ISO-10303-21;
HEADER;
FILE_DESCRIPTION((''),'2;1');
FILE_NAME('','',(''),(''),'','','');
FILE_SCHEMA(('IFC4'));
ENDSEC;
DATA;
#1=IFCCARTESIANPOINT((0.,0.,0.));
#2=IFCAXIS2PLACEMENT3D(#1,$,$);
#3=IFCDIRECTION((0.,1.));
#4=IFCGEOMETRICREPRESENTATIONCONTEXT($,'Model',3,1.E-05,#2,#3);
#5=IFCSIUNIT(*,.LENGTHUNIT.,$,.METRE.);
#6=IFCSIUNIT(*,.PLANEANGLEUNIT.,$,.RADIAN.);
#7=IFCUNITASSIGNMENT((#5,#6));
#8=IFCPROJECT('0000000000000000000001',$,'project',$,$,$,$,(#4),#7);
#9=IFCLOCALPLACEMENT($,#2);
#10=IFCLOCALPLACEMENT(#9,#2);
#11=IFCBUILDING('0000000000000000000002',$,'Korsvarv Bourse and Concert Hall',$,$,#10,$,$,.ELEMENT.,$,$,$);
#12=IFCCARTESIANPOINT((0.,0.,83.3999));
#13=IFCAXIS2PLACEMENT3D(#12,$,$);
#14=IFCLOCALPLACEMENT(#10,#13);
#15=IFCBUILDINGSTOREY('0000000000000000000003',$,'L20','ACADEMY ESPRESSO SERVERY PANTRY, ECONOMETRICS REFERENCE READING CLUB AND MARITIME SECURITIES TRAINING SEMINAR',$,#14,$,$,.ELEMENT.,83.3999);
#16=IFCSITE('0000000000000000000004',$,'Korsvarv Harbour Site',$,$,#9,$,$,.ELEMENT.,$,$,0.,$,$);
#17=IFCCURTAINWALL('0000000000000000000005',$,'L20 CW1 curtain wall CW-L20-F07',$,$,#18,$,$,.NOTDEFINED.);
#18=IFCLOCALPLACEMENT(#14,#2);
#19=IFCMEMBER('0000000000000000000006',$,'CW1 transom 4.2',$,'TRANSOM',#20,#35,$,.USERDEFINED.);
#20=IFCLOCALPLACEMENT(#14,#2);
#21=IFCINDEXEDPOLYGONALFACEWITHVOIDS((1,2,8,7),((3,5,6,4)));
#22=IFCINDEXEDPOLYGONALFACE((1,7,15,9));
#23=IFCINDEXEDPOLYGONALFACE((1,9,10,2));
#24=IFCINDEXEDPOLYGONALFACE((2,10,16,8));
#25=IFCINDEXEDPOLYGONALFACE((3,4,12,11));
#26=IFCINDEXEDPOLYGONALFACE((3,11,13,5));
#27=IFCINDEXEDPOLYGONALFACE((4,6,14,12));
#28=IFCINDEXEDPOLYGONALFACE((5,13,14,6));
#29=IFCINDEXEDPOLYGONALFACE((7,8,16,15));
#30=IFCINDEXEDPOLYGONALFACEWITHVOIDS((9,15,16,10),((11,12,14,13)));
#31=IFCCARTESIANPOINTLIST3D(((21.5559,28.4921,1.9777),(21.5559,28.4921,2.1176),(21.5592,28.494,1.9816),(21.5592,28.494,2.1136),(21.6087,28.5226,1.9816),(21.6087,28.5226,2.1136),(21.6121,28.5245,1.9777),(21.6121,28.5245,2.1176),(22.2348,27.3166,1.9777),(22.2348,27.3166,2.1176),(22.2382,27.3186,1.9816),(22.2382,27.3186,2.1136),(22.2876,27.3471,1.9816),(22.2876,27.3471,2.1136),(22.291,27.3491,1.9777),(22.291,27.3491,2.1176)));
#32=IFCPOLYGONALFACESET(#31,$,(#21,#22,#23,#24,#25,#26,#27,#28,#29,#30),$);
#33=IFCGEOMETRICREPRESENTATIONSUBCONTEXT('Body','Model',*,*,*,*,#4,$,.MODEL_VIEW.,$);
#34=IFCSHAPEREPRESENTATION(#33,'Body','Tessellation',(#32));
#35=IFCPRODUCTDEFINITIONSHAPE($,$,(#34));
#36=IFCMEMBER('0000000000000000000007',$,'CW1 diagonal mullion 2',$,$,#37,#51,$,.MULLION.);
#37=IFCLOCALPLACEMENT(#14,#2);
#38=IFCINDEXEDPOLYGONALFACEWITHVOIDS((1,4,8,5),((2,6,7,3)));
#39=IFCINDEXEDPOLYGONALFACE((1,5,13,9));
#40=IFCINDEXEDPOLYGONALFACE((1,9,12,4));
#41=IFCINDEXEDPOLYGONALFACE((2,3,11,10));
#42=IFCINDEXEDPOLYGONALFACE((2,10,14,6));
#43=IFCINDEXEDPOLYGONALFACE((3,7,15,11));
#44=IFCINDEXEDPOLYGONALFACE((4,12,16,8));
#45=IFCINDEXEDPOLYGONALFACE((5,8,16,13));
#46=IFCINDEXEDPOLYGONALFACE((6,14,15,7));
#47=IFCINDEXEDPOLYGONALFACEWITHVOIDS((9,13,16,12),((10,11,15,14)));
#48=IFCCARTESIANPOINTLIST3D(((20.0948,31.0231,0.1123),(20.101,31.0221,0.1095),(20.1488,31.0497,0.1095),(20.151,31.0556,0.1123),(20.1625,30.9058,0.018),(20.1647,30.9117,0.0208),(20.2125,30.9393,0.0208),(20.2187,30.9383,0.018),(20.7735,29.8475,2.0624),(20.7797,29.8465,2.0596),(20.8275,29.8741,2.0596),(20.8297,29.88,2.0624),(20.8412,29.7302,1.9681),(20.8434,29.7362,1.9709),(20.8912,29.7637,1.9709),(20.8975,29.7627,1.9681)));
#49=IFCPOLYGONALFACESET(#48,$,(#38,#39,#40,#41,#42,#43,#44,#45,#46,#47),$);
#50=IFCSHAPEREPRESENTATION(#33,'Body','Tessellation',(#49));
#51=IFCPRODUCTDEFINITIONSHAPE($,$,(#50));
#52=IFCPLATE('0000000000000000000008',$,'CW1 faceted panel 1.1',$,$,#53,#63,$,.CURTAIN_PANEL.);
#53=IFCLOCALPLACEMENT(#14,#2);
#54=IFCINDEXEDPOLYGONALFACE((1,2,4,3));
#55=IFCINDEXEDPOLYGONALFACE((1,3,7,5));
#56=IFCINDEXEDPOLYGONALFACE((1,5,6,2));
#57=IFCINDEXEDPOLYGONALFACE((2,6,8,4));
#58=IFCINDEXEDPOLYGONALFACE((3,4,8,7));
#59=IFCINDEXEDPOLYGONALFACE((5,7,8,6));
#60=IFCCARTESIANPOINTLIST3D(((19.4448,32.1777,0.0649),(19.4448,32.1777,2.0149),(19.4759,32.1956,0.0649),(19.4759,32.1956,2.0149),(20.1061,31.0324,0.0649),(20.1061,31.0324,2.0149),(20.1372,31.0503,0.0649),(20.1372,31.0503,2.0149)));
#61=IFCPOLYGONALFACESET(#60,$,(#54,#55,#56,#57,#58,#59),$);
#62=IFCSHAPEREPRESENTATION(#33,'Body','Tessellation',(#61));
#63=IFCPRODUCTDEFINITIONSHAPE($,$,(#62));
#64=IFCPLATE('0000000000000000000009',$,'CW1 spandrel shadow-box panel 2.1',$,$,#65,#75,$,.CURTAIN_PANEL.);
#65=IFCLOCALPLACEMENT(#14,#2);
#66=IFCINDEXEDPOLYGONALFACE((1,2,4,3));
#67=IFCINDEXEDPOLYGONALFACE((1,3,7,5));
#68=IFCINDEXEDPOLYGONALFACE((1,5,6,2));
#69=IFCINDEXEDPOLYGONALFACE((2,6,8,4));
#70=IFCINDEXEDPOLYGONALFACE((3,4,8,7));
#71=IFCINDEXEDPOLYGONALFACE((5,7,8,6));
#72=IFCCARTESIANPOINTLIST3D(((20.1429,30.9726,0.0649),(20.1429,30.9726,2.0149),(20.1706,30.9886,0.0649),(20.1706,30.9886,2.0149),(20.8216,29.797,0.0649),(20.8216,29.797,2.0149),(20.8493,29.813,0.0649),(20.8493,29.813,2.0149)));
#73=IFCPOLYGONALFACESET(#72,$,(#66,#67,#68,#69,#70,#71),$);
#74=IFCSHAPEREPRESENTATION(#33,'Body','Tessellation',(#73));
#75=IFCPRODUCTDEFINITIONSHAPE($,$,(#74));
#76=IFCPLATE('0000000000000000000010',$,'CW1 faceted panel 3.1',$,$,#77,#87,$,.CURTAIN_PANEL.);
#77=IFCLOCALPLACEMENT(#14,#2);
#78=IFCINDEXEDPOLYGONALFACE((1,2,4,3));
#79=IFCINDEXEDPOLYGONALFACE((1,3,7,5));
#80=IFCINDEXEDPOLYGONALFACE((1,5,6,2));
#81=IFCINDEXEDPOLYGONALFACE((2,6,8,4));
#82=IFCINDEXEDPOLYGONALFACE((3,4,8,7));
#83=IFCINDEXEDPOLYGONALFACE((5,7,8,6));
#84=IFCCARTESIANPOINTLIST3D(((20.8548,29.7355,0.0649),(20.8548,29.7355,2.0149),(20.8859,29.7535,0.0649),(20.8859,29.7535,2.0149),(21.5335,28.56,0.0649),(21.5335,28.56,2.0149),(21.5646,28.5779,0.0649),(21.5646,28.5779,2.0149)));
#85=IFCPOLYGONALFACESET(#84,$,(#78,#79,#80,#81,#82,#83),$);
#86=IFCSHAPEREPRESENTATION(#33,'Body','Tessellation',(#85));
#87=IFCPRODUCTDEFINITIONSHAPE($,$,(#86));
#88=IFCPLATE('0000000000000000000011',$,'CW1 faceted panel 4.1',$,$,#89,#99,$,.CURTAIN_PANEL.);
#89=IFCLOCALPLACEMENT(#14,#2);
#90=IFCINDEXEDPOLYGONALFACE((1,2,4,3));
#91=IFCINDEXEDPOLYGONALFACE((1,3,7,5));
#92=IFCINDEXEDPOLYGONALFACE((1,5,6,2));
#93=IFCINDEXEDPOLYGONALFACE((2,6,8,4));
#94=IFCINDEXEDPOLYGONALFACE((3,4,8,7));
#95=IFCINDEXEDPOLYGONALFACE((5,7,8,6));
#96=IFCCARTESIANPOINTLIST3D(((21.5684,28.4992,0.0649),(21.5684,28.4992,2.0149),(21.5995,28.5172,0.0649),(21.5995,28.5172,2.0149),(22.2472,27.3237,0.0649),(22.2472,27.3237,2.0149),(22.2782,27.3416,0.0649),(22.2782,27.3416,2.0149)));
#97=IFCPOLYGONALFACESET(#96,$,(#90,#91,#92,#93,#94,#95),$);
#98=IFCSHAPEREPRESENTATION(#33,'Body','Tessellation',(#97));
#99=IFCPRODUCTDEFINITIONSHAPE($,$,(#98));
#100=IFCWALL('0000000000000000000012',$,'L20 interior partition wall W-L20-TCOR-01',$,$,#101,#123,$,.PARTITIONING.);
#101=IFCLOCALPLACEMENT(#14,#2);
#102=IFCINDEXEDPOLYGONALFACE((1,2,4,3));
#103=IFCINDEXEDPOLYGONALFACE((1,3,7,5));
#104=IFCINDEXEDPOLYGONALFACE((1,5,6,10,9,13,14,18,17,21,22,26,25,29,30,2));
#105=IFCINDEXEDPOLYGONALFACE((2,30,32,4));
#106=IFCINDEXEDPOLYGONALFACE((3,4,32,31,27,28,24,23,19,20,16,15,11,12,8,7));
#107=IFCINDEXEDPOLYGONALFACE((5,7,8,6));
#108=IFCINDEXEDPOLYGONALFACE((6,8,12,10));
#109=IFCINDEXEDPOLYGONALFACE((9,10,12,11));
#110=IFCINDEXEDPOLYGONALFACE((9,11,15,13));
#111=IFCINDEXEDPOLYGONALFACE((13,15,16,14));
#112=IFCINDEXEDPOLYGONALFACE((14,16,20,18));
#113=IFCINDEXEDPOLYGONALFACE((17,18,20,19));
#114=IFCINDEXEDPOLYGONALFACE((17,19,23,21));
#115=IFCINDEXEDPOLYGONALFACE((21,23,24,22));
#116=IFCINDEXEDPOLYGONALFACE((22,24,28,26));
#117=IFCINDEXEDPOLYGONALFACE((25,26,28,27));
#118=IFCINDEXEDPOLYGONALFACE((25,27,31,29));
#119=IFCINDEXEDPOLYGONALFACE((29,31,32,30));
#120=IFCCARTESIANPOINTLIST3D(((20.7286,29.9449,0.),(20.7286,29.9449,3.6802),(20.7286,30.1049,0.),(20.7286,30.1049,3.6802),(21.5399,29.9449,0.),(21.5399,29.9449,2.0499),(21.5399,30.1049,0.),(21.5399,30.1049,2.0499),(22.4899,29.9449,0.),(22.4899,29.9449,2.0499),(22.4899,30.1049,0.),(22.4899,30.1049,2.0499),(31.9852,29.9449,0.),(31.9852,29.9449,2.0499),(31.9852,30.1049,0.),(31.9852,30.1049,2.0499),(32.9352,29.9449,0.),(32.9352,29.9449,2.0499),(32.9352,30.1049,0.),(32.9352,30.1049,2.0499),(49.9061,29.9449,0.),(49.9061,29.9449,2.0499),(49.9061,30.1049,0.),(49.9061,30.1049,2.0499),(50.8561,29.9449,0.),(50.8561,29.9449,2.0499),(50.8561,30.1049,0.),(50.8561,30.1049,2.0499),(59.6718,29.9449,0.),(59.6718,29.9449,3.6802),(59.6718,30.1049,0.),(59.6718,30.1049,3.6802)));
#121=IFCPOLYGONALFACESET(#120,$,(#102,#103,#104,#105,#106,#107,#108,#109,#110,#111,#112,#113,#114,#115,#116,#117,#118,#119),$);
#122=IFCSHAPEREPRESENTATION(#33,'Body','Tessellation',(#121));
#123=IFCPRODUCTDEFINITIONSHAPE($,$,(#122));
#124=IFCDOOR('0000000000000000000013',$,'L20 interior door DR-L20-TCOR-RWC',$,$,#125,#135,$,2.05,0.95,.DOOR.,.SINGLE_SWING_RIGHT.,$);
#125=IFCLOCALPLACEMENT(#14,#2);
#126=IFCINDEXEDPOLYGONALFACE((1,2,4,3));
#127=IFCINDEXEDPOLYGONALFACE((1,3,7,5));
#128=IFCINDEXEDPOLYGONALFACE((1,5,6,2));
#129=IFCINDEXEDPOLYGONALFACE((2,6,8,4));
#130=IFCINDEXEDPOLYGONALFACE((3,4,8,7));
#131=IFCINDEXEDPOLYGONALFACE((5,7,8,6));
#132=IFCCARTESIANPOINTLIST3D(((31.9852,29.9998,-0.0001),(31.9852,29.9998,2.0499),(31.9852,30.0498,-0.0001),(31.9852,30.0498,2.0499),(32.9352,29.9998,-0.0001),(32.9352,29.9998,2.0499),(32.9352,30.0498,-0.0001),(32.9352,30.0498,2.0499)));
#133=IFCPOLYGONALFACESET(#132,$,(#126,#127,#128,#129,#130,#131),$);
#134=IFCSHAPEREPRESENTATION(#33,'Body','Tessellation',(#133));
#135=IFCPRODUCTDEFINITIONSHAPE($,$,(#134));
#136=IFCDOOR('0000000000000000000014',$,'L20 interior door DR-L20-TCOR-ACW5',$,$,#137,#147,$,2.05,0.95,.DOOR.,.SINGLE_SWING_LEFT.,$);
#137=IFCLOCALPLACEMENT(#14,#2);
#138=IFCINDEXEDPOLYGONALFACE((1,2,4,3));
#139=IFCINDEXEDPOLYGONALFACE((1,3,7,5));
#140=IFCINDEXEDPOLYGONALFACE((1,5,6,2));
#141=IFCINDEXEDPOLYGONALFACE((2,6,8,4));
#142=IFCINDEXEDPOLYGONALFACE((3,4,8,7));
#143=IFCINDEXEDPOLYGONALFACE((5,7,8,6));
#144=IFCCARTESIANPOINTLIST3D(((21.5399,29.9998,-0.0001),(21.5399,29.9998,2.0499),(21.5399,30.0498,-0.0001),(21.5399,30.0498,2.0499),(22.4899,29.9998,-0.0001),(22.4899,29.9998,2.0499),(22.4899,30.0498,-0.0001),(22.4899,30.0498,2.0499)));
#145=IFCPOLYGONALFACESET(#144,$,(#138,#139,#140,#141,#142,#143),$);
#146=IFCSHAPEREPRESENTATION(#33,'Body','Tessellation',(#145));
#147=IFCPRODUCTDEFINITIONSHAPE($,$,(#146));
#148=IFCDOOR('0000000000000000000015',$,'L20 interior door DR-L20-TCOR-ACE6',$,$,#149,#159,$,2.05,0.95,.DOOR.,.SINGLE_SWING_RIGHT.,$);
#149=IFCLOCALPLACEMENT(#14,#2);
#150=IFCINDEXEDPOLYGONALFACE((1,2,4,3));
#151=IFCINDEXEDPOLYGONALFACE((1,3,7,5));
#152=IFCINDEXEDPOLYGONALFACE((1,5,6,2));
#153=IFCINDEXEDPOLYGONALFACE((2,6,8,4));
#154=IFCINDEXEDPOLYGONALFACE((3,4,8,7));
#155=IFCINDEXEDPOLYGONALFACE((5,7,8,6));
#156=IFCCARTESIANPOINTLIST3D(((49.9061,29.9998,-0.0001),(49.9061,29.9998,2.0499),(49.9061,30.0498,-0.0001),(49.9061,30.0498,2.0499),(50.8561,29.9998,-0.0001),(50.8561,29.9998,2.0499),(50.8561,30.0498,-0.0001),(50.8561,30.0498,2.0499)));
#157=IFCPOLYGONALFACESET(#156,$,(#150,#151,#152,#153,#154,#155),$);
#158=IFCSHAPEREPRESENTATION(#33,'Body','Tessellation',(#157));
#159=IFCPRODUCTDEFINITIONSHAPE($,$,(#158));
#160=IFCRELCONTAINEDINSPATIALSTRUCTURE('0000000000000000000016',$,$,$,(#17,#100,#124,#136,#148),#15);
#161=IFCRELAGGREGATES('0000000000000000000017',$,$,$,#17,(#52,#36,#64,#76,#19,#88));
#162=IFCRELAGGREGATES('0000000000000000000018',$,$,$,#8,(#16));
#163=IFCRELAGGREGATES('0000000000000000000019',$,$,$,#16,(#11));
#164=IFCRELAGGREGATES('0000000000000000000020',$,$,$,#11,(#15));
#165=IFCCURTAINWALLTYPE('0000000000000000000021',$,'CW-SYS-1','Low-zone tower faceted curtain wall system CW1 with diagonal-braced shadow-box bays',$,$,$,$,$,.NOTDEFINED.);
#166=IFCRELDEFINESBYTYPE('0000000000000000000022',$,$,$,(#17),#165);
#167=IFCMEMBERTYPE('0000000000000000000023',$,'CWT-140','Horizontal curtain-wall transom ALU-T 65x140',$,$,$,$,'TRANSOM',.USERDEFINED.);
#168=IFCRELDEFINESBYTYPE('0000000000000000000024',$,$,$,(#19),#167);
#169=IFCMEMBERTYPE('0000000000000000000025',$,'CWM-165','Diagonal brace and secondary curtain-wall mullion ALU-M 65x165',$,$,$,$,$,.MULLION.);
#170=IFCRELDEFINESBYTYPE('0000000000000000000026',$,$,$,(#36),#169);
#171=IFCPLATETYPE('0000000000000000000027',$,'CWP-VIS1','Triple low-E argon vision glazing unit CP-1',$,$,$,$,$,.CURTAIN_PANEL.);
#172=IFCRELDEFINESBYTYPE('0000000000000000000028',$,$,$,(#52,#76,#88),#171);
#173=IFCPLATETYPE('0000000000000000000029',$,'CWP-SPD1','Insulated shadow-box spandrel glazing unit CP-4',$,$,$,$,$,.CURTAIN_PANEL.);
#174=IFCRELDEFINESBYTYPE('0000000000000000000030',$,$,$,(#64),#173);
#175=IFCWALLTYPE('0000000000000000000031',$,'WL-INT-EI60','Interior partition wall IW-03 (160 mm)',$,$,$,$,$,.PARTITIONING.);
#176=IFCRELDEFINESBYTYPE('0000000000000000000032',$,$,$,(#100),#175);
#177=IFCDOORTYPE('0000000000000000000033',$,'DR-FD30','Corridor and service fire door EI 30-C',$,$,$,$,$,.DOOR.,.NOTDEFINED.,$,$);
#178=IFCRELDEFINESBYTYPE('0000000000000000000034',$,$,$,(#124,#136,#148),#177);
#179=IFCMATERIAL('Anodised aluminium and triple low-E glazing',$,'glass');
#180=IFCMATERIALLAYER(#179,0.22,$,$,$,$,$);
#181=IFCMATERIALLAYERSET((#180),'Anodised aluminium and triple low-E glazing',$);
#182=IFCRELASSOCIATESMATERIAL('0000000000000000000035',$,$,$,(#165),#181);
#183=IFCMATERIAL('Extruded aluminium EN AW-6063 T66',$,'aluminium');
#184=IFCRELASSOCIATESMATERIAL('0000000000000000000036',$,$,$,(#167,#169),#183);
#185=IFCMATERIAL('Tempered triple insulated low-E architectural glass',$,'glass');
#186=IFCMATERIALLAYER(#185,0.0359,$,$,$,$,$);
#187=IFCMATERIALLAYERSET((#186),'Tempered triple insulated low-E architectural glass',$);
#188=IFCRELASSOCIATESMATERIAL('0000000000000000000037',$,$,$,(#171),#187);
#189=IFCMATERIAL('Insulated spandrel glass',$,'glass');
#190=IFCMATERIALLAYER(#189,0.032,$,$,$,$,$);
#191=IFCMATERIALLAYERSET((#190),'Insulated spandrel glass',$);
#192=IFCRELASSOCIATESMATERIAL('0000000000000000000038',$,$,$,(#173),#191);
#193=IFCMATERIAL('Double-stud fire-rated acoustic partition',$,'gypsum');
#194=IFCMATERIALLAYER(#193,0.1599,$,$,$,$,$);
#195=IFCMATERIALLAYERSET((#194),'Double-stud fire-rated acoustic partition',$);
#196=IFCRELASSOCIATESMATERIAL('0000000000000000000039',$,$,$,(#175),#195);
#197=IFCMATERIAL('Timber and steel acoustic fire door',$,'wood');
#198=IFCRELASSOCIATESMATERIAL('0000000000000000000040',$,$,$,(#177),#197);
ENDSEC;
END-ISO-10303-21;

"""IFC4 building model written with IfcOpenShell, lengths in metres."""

from ifc_helpers import new_model, si_unit, direction, frame, frame_2d, origin, origin_2d, place, context, subcontext, project, spatial, rectangle, hollow_rectangle, extrude, source, transform, mapped, material, layer, layer_set, material_profile, profile_set, type_object, element, fill, aggregate, save


model = new_model("IFC4")

# Units and contexts
model_context = context("Model", 3, precision=1e-05, world=origin(), true_north=direction((0.0, 1.0)))
body_context = subcontext(model_context, "Body", "Model", "MODEL_VIEW")
ifc_project = project(units=[si_unit("LENGTHUNIT", "METRE"), si_unit("PLANEANGLEUNIT", "RADIAN")], contexts=[model_context])

# Site, building, storey
site_placement = place(None, origin())
site = spatial("IfcSite", under=ifc_project, at=site_placement, Name="Korsvarv Harbour Site", CompositionType="ELEMENT", RefElevation=0.0)
building_placement = place(site_placement, origin())
building = spatial("IfcBuilding", under=site, at=building_placement, Name="Korsvarv Bourse and Concert Hall", CompositionType="ELEMENT")
storey_placement = place(building_placement, frame((0.0, 0.0, 83.3999)))
storey = spatial("IfcBuildingStorey", under=building, at=storey_placement, Name="L20", Description="ACADEMY ESPRESSO SERVERY PANTRY, ECONOMETRICS REFERENCE READING CLUB AND MARITIME SECURITIES TRAINING SEMINAR", CompositionType="ELEMENT", Elevation=83.3999)

# Curtain wall, members, plates
ifc_material_1 = material(Name="Anodised aluminium and triple low-E glazing", Category="glass")
ifc_layer_1 = layer(ifc_material_1, 0.22)
ifc_layer_set_1 = layer_set([ifc_layer_1], Name="Anodised aluminium and triple low-E glazing")
curtain_wall_type = type_object("IfcCurtainWallType", Name="CW-SYS-1", Description="Low-zone tower faceted curtain wall system CW1 with diagonal-braced shadow-box bays", PredefinedType="NOTDEFINED", material=ifc_layer_set_1)
curtain_wall_placement = place(storey_placement, origin())
curtain_wall = element("IfcCurtainWall", 1, at=curtain_wall_placement, inside=storey, type_object=curtain_wall_type, Name="L20 CW1 curtain wall CW-L20-F07", PredefinedType="NOTDEFINED")
ifc_material_2 = material(Name="Extruded aluminium EN AW-6063 T66", Category="aluminium")
ifc_material_profile_1 = material_profile(ifc_material_2, hollow_rectangle(XDim=0.0649, YDim=0.1399, WallThickness=0.0039, at=origin_2d()), Name="ALU-T 65x140")
ifc_profile_set_1 = profile_set([ifc_material_profile_1], Name="Extruded aluminium EN AW-6063 T66")
member_type_1 = type_object("IfcMemberType", Name="CWT-140", Description="Horizontal curtain-wall transom ALU-T 65x140", ElementType="TRANSOM", PredefinedType="USERDEFINED", material=ifc_profile_set_1)
shared_shape_1 = source(origin(), body_context, "Body", "SweptSolid", [
    extrude(hollow_rectangle(XDim=0.0649, YDim=0.1399, WallThickness=0.0039, at=origin_2d()), origin(), (0.0, 0.0, 1.0), 1.3574),
])
member_1_placement = place(storey_placement, frame((21.584, 28.5083, 2.0476), z_axis=(0.500143, -0.865943, 0.0), x_axis=(0.865943, 0.500143, 0.0)))
member_1 = element("IfcMember", 2, at=member_1_placement, type_object=member_type_1, Name="CW1 transom 4.2", ObjectType="TRANSOM", PredefinedType="USERDEFINED", context=body_context, shape_type="MappedRepresentation", body=[
    mapped(shared_shape_1, transform((0.0, 0.0, 0.0), scale=1.0)),
])
ifc_material_profile_2 = material_profile(ifc_material_2, hollow_rectangle(XDim=0.0649, YDim=0.165, WallThickness=0.0049, at=origin_2d()), Name="ALU-M 65x165")
ifc_profile_set_2 = profile_set([ifc_material_profile_2], Name="Extruded aluminium EN AW-6063 T66")
member_type_2 = type_object("IfcMemberType", Name="CWM-165", Description="Diagonal brace and secondary curtain-wall mullion ALU-M 65x165", PredefinedType="MULLION", material=ifc_profile_set_2)
shared_shape_2 = source(origin(), body_context, "Body", "SweptSolid", [
    extrude(hollow_rectangle(XDim=0.0649, YDim=0.165, WallThickness=0.0049, at=origin_2d()), origin(), (0.0, 0.0, 1.0), 2.376),
])
member_2_placement = place(storey_placement, frame((20.1567, 30.9807, 0.0652), z_axis=(0.285666, -0.494778, 0.820725), x_axis=(0.866021, 0.500008, 0.0)))
member_2 = element("IfcMember", 3, at=member_2_placement, type_object=member_type_2, Name="CW1 diagonal mullion 2", PredefinedType="MULLION", context=body_context, shape_type="MappedRepresentation", body=[
    mapped(shared_shape_2, transform((0.0, 0.0, 0.0), scale=1.0)),
])
ifc_material_3 = material(Name="Tempered triple insulated low-E architectural glass", Category="glass")
ifc_layer_2 = layer(ifc_material_3, 0.0359)
ifc_layer_set_2 = layer_set([ifc_layer_2], Name="Tempered triple insulated low-E architectural glass")
plate_type_1 = type_object("IfcPlateType", Name="CWP-VIS1", Description="Triple low-E argon vision glazing unit CP-1", PredefinedType="CURTAIN_PANEL", material=ifc_layer_set_2)
shared_shape_3 = source(origin(), body_context, "Body", "SweptSolid", [
    extrude(rectangle(XDim=1.3225, YDim=0.0359, at=origin_2d()), origin(), (0.0, 0.0, 1.0), 1.95),
])
plate_1_placement = place(storey_placement, frame((19.791, 31.614, 0.0649), z_axis=(0.0, 0.0, 1.0), x_axis=(0.500002, -0.866024, 0.0)))
plate_1 = element("IfcPlate", 4, at=plate_1_placement, type_object=plate_type_1, Name="CW1 faceted panel 1.1", PredefinedType="CURTAIN_PANEL", context=body_context, shape_type="MappedRepresentation", body=[
    mapped(shared_shape_3, transform((0.0, 0.0, 0.0), scale=1.0)),
])
ifc_material_4 = material(Name="Insulated spandrel glass", Category="glass")
ifc_layer_3 = layer(ifc_material_4, 0.032)
ifc_layer_set_3 = layer_set([ifc_layer_3], Name="Insulated spandrel glass")
plate_type_2 = type_object("IfcPlateType", Name="CWP-SPD1", Description="Insulated shadow-box spandrel glazing unit CP-4", PredefinedType="CURTAIN_PANEL", material=ifc_layer_set_3)
shared_shape_4 = source(origin(), body_context, "Body", "SweptSolid", [
    extrude(rectangle(XDim=1.3574, YDim=0.032, at=origin_2d()), origin(), (0.0, 0.0, 1.0), 1.95),
])
plate_2_placement = place(storey_placement, frame((20.4961, 30.3928, 0.0649), z_axis=(0.0, 0.0, 1.0), x_axis=(0.500002, -0.866024, 0.0)))
plate_2 = element("IfcPlate", 5, at=plate_2_placement, type_object=plate_type_2, Name="CW1 spandrel shadow-box panel 2.1", PredefinedType="CURTAIN_PANEL", context=body_context, shape_type="MappedRepresentation", body=[
    mapped(shared_shape_4, transform((0.0, 0.0, 0.0), scale=1.0)),
])
shared_shape_5 = source(origin(), body_context, "Body", "SweptSolid", [
    extrude(rectangle(XDim=1.3574, YDim=0.0359, at=origin_2d()), origin(), (0.0, 0.0, 1.0), 1.95),
])
plate_3_placement = place(storey_placement, frame((21.2097, 29.1567, 0.0649), z_axis=(0.0, 0.0, 1.0), x_axis=(0.500002, -0.866024, 0.0)))
plate_3 = element("IfcPlate", 6, at=plate_3_placement, type_object=plate_type_1, Name="CW1 faceted panel 3.1", PredefinedType="CURTAIN_PANEL", context=body_context, shape_type="MappedRepresentation", body=[
    mapped(shared_shape_5, transform((0.0, 0.0, 0.0), scale=1.0)),
])
plate_4_placement = place(storey_placement, frame((21.9233, 27.9204, 0.0649), z_axis=(0.0, 0.0, 1.0), x_axis=(0.500002, -0.866024, 0.0)))
plate_4 = element("IfcPlate", 7, at=plate_4_placement, type_object=plate_type_1, Name="CW1 faceted panel 4.1", PredefinedType="CURTAIN_PANEL", context=body_context, shape_type="MappedRepresentation", body=[
    mapped(shared_shape_5, transform((0.0, 0.0, 0.0), scale=1.0)),
])
aggregate(curtain_wall, [plate_1, member_2, plate_2, plate_3, member_1, plate_4])

# Wall, openings, doors
ifc_material_5 = material(Name="Double-stud fire-rated acoustic partition", Category="gypsum")
ifc_layer_4 = layer(ifc_material_5, 0.1599)
ifc_layer_set_4 = layer_set([ifc_layer_4], Name="Double-stud fire-rated acoustic partition")
wall_type = type_object("IfcWallType", Name="WL-INT-EI60", Description="Interior partition wall IW-03 (160 mm)", PredefinedType="PARTITIONING", material=ifc_layer_set_4)
wall_1_placement = place(storey_placement, frame((20.7285, 30.0249, 0.0), z_axis=(0.0, 0.0, 1.0), x_axis=(1.0, 0.0, 0.0)))
wall_1 = element("IfcWall", 8, at=wall_1_placement, inside=storey, type_object=wall_type, Name="L20 interior partition wall W-L20-TCOR-01", PredefinedType="PARTITIONING", context=body_context, shape_type="SweptSolid", body=[
    extrude(rectangle(XDim=38.9431, YDim=0.1599, at=frame_2d((19.4717, 0.0))), origin(), (0.0, 0.0, 1.0), 3.6802),
])
opening_1_placement = place(wall_1_placement, frame((11.2566, 0.0, 0.0)))
opening_1 = element("IfcOpeningElement", 9, at=opening_1_placement, cuts=wall_1, PredefinedType="OPENING", context=body_context, shape_type="SweptSolid", body=[
    extrude(rectangle(XDim=0.95, YDim=2.05, at=frame_2d((0.4751, 1.0249))), frame((0.0, 0.0898, 0.0), z_axis=(0.0, -1.0, 0.0), x_axis=(1.0, 0.0, 0.0)), (0.0, 0.0, 1.0), 0.1799),
])
opening_2_placement = place(wall_1_placement, frame((0.8113, 0.0, 0.0)))
opening_2 = element("IfcOpeningElement", 10, at=opening_2_placement, cuts=wall_1, PredefinedType="OPENING", context=body_context, shape_type="SweptSolid", body=[
    extrude(rectangle(XDim=0.95, YDim=2.05, at=frame_2d((0.4751, 1.0249))), frame((0.0, 0.0898, 0.0), z_axis=(0.0, -1.0, 0.0), x_axis=(1.0, 0.0, 0.0)), (0.0, 0.0, 1.0), 0.1799),
])
opening_3_placement = place(wall_1_placement, frame((29.1775, 0.0, 0.0)))
opening_3 = element("IfcOpeningElement", 11, at=opening_3_placement, cuts=wall_1, PredefinedType="OPENING", context=body_context, shape_type="SweptSolid", body=[
    extrude(rectangle(XDim=0.95, YDim=2.05, at=frame_2d((0.4751, 1.0249))), frame((0.0, 0.0898, 0.0), z_axis=(0.0, -1.0, 0.0), x_axis=(1.0, 0.0, 0.0)), (0.0, 0.0, 1.0), 0.1799),
])
ifc_material_6 = material(Name="Timber and steel acoustic fire door", Category="wood")
door_type = type_object("IfcDoorType", Name="DR-FD30", Description="Corridor and service fire door EI 30-C", OperationType="NOTDEFINED", PredefinedType="DOOR", material=ifc_material_6)
door_1_placement = place(opening_1_placement, origin())
door_1 = element("IfcDoor", 12, at=door_1_placement, inside=storey, type_object=door_type, Name="L20 interior door DR-L20-TCOR-RWC", OperationType="SINGLE_SWING_RIGHT", OverallHeight=2.05, OverallWidth=0.95, PredefinedType="DOOR", context=body_context, shape_type="SweptSolid", body=[
    extrude(rectangle(XDim=0.95, YDim=2.05, at=frame_2d((0.4751, 1.0249))), frame((0.0, 0.0249, 0.0), z_axis=(0.0, -1.0, 0.0), x_axis=(1.0, 0.0, 0.0)), (0.0, 0.0, 1.0), 0.05),
])
fill(opening_1, door_1)
door_2_placement = place(opening_2_placement, origin())
door_2 = element("IfcDoor", 13, at=door_2_placement, inside=storey, type_object=door_type, Name="L20 interior door DR-L20-TCOR-ACW5", OperationType="SINGLE_SWING_LEFT", OverallHeight=2.05, OverallWidth=0.95, PredefinedType="DOOR", context=body_context, shape_type="SweptSolid", body=[
    extrude(rectangle(XDim=0.95, YDim=2.05, at=frame_2d((0.4751, 1.0249))), frame((0.0, 0.0249, 0.0), z_axis=(0.0, -1.0, 0.0), x_axis=(1.0, 0.0, 0.0)), (0.0, 0.0, 1.0), 0.05),
])
fill(opening_2, door_2)
door_3_placement = place(opening_3_placement, origin())
door_3 = element("IfcDoor", 14, at=door_3_placement, inside=storey, type_object=door_type, Name="L20 interior door DR-L20-TCOR-ACE6", OperationType="SINGLE_SWING_RIGHT", OverallHeight=2.05, OverallWidth=0.95, PredefinedType="DOOR", context=body_context, shape_type="SweptSolid", body=[
    extrude(rectangle(XDim=0.95, YDim=2.05, at=frame_2d((0.4751, 1.0249))), frame((0.0, 0.0249, 0.0), z_axis=(0.0, -1.0, 0.0), x_axis=(1.0, 0.0, 0.0)), (0.0, 0.0, 1.0), 0.05),
])
fill(opening_3, door_3)

save(model, "model.ifc")
